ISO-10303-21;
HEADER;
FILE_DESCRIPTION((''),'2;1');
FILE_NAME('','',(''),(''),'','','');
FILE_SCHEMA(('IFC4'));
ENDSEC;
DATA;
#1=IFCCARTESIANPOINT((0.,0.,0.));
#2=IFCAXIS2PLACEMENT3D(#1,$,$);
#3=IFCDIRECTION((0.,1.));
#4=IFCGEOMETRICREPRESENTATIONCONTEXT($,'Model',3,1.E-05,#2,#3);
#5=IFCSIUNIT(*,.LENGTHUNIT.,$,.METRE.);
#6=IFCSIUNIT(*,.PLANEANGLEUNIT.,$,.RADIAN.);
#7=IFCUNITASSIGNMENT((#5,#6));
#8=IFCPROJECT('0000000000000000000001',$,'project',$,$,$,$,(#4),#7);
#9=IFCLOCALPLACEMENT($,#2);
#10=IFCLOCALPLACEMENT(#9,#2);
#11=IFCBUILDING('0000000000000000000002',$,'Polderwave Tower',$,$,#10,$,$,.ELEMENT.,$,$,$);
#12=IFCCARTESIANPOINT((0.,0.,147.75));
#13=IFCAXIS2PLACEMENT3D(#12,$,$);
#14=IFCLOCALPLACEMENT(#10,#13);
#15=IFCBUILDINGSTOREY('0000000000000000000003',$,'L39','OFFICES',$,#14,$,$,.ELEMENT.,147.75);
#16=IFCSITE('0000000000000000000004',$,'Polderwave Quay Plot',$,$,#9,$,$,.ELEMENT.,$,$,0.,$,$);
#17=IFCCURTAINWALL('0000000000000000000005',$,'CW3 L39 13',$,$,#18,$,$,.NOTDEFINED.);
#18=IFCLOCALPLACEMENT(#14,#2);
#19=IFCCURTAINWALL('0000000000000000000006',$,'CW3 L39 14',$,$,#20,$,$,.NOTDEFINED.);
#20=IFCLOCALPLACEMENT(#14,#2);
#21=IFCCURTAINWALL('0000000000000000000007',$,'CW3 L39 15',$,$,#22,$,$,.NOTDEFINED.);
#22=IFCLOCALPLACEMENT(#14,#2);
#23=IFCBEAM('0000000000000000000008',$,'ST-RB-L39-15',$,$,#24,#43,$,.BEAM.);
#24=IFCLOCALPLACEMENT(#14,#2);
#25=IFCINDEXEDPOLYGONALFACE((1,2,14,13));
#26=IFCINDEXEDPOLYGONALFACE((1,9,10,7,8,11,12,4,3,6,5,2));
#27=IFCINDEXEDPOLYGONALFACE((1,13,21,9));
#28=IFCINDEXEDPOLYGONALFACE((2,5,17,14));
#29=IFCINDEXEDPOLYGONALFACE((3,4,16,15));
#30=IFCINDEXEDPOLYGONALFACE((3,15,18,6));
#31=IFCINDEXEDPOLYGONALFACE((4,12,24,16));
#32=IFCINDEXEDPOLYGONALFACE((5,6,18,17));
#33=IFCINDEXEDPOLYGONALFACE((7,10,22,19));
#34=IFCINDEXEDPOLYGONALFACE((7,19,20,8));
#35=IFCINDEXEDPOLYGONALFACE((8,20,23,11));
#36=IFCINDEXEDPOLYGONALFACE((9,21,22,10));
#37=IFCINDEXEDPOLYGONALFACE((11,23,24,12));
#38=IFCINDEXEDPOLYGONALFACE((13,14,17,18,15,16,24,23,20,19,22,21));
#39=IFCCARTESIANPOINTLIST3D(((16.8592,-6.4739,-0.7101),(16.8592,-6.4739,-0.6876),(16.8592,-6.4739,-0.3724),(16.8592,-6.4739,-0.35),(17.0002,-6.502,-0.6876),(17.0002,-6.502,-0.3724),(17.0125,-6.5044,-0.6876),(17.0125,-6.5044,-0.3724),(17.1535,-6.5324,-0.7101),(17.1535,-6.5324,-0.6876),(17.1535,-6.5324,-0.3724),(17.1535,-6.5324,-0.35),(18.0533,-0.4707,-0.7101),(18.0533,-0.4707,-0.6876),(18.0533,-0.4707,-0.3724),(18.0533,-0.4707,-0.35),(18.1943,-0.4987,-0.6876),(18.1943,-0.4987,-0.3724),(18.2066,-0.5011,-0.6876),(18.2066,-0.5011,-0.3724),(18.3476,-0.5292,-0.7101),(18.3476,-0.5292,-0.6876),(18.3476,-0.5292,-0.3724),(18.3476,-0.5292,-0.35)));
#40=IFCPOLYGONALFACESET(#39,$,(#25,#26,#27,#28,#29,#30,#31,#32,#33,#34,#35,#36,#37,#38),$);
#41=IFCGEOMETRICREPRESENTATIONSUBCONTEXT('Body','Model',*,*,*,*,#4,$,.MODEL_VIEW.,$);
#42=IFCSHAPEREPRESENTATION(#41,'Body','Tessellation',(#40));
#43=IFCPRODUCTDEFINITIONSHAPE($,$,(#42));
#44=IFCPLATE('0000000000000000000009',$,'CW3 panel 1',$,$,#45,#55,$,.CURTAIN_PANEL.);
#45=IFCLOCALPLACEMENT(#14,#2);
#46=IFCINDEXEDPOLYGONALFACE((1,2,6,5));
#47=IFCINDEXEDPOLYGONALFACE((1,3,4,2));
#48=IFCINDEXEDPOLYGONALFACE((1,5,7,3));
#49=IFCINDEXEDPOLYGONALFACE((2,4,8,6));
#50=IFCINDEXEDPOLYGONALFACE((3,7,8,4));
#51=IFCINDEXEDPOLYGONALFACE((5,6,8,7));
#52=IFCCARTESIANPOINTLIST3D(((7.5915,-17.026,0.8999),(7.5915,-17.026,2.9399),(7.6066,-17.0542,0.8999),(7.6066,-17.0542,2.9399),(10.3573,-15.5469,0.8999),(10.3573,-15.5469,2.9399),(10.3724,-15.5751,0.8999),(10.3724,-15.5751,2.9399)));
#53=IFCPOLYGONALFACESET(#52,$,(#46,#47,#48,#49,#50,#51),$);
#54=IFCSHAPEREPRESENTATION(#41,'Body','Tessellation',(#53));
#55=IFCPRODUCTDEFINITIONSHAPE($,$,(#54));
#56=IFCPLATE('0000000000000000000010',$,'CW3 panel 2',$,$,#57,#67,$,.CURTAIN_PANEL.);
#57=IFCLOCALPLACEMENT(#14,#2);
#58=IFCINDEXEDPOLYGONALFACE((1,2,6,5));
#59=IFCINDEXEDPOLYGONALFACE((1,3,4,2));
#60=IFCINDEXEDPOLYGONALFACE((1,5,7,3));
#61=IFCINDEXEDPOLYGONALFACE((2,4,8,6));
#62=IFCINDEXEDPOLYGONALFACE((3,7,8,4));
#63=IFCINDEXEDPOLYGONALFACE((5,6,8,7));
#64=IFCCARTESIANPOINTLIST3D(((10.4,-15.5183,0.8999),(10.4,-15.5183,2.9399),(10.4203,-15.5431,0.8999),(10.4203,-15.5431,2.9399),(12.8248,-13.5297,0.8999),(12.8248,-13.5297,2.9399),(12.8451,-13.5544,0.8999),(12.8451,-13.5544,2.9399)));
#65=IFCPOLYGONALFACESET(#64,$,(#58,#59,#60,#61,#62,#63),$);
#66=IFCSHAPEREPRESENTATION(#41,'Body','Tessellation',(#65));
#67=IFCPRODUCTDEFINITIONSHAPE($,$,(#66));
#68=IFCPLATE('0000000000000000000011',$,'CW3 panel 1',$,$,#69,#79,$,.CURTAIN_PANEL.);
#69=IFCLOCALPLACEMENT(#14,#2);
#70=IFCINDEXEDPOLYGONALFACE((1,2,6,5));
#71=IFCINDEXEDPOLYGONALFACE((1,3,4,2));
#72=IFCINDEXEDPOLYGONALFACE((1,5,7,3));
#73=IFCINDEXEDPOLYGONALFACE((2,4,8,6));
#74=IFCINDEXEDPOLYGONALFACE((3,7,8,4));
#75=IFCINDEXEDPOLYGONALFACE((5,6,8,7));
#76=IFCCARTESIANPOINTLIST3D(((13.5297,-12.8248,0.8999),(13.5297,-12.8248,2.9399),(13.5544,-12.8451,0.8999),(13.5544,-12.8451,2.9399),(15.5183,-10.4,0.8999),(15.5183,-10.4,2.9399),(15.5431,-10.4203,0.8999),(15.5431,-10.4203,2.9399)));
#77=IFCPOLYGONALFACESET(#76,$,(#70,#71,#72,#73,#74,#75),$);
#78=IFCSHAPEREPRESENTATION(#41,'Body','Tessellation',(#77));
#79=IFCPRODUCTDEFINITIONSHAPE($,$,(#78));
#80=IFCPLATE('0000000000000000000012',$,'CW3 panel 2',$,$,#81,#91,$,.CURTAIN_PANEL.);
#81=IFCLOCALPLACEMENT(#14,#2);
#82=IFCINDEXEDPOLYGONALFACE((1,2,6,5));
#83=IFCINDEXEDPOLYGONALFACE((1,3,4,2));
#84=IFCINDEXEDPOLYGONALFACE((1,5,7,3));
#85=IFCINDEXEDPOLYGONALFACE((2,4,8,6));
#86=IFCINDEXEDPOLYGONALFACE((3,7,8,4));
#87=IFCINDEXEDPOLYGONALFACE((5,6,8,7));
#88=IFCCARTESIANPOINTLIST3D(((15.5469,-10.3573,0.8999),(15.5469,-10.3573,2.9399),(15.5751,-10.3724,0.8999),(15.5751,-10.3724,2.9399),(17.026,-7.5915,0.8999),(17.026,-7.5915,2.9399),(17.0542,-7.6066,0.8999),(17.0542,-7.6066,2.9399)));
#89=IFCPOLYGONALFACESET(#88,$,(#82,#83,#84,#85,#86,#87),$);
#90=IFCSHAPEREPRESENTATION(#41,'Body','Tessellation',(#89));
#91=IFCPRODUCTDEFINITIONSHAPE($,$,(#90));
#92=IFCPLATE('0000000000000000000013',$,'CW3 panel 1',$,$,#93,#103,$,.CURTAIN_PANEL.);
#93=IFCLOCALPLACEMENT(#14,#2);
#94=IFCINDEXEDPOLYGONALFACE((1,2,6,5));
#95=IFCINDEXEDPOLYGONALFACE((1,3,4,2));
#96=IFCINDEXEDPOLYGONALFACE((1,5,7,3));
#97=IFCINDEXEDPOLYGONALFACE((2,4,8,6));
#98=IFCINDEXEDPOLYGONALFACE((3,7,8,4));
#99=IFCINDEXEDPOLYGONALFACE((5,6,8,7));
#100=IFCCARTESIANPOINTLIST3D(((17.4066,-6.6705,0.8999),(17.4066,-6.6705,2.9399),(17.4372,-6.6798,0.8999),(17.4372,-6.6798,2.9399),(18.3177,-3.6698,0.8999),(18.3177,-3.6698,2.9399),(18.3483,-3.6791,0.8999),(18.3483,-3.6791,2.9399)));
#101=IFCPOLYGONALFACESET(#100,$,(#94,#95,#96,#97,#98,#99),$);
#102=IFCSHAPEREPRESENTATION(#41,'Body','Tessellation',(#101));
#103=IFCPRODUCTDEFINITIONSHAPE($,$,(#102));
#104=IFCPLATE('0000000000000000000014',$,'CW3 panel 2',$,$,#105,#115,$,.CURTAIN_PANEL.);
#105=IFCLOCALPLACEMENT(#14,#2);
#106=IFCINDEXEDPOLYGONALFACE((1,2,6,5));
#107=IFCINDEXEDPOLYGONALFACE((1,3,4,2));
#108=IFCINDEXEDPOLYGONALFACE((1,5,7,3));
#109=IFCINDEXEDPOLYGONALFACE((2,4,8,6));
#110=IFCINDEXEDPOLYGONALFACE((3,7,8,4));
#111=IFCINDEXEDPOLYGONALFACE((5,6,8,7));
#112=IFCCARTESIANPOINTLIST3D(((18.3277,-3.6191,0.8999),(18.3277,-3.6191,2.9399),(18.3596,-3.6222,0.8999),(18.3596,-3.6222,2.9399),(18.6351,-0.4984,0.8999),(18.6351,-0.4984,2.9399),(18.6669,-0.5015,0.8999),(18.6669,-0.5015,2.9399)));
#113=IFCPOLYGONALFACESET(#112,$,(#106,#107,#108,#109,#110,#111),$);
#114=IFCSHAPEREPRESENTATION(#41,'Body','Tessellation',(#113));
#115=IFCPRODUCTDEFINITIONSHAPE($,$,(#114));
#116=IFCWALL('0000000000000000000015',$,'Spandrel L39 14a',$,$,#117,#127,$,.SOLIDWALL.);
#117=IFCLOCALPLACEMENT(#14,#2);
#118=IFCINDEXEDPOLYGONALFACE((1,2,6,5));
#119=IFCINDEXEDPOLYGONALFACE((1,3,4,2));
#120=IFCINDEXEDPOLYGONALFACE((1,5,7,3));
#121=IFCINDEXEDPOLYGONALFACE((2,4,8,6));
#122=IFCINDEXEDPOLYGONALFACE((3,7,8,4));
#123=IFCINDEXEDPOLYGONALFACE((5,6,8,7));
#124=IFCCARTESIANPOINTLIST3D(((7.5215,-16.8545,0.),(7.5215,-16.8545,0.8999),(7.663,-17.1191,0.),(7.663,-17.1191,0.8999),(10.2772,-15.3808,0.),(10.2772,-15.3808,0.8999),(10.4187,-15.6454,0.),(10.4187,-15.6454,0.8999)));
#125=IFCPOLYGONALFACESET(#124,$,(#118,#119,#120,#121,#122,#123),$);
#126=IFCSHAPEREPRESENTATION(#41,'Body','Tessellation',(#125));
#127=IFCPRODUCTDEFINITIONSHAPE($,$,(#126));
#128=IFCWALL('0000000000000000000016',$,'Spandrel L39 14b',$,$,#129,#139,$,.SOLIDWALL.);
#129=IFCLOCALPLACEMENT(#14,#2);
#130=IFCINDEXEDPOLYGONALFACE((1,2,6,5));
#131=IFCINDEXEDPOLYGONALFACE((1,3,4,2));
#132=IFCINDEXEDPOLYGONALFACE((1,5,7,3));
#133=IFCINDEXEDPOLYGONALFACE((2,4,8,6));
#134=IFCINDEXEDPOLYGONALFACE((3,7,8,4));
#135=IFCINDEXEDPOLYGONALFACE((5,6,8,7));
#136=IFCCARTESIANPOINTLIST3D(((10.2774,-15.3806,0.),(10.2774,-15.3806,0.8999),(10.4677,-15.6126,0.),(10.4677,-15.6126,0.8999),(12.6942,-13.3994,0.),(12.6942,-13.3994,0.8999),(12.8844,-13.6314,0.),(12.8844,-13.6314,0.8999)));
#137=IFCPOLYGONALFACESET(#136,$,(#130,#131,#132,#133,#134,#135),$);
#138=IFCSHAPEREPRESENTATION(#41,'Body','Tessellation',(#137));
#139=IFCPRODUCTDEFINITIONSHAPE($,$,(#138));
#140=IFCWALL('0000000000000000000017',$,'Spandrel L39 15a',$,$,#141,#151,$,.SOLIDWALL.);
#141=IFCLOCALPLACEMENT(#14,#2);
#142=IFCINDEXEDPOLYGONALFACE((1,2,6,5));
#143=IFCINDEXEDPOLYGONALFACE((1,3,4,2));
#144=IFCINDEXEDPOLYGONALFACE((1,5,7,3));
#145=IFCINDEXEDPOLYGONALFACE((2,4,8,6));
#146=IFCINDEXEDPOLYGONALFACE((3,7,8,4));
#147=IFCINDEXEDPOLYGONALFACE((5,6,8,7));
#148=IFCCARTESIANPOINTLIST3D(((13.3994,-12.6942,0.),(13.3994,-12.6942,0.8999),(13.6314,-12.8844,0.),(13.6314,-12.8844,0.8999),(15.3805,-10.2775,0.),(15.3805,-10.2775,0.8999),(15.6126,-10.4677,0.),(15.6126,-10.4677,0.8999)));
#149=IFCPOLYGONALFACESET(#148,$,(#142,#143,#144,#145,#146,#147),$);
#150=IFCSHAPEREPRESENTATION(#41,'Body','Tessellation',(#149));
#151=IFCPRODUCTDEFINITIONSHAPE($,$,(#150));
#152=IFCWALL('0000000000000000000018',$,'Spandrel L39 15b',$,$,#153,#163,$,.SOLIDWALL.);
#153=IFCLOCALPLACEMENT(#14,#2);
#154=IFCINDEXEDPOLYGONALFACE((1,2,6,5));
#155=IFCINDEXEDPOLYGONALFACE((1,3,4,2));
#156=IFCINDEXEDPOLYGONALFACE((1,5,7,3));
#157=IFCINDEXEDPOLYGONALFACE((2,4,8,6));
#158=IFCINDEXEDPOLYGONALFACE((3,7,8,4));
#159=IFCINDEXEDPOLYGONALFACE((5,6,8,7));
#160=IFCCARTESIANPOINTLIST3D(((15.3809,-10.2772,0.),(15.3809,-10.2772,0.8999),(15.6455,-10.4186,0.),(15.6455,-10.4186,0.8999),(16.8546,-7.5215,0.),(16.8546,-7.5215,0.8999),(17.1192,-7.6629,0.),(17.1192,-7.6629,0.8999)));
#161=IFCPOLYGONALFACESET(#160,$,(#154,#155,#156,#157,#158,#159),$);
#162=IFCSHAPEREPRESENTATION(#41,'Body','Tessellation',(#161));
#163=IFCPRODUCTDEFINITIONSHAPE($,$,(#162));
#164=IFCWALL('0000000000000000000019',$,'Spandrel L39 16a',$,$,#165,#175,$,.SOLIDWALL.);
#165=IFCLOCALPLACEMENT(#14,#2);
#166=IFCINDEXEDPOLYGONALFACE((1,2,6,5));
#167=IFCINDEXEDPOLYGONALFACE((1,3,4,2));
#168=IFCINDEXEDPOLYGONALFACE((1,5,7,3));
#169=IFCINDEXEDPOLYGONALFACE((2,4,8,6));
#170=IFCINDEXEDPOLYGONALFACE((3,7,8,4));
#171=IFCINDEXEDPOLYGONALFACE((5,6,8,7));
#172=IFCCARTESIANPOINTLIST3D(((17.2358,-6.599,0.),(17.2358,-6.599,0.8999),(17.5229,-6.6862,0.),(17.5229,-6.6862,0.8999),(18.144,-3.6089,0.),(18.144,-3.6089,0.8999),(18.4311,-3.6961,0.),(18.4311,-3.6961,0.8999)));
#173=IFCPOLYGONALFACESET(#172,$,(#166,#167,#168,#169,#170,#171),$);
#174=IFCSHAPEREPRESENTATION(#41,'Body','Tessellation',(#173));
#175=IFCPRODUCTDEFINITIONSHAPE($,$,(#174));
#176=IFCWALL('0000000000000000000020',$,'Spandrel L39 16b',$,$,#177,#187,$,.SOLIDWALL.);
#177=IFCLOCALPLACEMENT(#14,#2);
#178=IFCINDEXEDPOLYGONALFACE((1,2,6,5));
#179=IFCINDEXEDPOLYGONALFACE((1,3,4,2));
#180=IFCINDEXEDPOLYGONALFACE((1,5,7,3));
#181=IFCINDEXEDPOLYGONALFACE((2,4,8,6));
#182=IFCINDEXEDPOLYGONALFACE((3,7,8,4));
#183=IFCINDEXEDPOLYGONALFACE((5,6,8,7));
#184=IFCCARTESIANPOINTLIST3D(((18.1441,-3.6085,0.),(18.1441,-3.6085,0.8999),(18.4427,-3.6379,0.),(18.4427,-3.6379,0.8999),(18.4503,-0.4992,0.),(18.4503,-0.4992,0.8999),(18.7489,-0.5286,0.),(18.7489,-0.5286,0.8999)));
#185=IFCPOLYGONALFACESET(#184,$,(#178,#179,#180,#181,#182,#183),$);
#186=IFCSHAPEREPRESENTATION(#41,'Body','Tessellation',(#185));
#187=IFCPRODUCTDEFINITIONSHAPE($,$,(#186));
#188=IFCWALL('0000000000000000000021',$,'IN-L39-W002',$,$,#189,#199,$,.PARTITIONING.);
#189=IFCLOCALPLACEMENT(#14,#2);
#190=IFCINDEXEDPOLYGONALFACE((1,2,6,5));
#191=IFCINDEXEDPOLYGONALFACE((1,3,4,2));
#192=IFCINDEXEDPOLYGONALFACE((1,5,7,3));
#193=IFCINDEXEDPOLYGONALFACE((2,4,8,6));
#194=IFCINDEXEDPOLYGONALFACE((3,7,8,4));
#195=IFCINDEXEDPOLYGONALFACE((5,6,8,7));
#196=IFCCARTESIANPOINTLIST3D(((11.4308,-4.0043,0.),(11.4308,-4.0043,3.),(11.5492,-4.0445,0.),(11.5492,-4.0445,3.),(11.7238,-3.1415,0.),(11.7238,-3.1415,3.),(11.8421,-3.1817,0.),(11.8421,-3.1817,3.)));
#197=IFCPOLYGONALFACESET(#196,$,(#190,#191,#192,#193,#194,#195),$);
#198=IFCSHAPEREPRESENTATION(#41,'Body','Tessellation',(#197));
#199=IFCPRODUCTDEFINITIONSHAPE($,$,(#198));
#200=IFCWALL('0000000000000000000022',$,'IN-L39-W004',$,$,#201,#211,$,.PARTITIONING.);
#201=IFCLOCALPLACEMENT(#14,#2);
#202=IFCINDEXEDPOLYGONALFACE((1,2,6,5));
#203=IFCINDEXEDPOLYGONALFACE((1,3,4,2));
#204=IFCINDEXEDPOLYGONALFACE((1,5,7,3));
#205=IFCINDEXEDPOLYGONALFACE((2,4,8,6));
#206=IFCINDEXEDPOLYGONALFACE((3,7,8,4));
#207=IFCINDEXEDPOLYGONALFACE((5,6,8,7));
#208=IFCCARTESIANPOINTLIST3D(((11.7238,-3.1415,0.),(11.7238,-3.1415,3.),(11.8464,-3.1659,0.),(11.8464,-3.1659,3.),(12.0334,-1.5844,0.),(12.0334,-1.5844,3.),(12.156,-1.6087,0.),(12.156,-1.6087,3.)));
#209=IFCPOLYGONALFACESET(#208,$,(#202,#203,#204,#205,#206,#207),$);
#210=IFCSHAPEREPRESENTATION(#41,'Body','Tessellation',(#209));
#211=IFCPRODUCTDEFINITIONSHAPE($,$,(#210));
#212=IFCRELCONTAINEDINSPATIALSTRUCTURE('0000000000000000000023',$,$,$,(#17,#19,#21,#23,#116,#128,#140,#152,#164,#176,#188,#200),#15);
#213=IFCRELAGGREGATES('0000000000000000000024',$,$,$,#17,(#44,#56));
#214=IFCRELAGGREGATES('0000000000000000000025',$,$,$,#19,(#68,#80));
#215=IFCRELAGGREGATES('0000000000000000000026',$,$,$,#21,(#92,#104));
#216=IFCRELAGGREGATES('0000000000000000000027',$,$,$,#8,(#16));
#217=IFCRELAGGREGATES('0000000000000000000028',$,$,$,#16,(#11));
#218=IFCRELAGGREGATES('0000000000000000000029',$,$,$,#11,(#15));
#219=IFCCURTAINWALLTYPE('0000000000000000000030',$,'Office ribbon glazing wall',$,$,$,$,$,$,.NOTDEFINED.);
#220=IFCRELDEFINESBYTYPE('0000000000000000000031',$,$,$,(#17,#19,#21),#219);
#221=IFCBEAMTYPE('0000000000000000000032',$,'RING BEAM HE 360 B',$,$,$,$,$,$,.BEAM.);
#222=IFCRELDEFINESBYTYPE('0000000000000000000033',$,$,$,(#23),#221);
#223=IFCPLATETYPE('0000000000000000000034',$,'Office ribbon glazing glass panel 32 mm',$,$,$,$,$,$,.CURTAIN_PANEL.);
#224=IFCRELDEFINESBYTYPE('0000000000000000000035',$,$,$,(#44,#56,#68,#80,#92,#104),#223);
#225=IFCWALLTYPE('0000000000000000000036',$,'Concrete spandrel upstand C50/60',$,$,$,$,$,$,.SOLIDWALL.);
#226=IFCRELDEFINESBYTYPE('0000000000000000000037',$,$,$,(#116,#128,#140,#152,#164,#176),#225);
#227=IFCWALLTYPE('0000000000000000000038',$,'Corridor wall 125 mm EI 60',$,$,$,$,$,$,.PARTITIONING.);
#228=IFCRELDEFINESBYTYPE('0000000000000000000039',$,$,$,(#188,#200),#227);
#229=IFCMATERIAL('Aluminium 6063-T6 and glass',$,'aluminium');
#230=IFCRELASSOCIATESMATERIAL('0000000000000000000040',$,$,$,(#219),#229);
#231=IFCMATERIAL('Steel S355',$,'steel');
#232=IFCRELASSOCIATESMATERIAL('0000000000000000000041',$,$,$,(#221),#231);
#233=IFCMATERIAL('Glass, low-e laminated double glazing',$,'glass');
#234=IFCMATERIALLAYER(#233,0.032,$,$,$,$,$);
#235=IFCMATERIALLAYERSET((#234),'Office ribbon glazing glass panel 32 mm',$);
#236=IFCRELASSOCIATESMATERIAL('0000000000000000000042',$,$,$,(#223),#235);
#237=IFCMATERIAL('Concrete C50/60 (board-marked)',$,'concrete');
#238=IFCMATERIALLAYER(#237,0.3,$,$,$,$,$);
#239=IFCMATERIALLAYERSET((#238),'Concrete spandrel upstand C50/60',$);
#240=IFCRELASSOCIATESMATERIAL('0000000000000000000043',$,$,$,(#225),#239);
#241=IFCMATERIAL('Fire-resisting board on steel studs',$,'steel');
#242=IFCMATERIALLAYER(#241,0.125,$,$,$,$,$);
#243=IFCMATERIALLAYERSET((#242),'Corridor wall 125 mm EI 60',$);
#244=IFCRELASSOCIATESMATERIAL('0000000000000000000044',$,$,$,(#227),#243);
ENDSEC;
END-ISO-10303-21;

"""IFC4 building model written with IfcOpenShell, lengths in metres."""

from ifc_helpers import new_model, si_unit, direction, frame, frame_2d, origin, origin_2d, place, context, subcontext, project, spatial, rectangle, i_section, extrude, material, layer, layer_set, material_profile, profile_set, type_object, element, aggregate, save


model = new_model("IFC4")

# Units and contexts
model_context = context("Model", 3, precision=1e-05, world=origin(), true_north=direction((0.0, 1.0)))
body_context = subcontext(model_context, "Body", "Model", "MODEL_VIEW")
ifc_project = project(units=[si_unit("LENGTHUNIT", "METRE"), si_unit("PLANEANGLEUNIT", "RADIAN")], contexts=[model_context])

# Site, building, storey
site_placement = place(None, origin())
site = spatial("IfcSite", under=ifc_project, at=site_placement, Name="Polderwave Quay Plot", CompositionType="ELEMENT", RefElevation=0.0)
building_placement = place(site_placement, origin())
building = spatial("IfcBuilding", under=site, at=building_placement, Name="Polderwave Tower", CompositionType="ELEMENT")
storey_placement = place(building_placement, frame((0.0, 0.0, 147.75)))
storey = spatial("IfcBuildingStorey", under=building, at=storey_placement, Name="L39", Description="OFFICES", CompositionType="ELEMENT", Elevation=147.75)

# Curtain walls
ifc_material_1 = material(Name="Aluminium 6063-T6 and glass", Category="aluminium")
curtain_wall_type = type_object("IfcCurtainWallType", Name="Office ribbon glazing wall", PredefinedType="NOTDEFINED", material=ifc_material_1)
curtain_wall_1_placement = place(storey_placement, origin())
curtain_wall_1 = element("IfcCurtainWall", 1, at=curtain_wall_1_placement, inside=storey, type_object=curtain_wall_type, Name="CW3 L39 13", PredefinedType="NOTDEFINED")
curtain_wall_2_placement = place(storey_placement, origin())
curtain_wall_2 = element("IfcCurtainWall", 2, at=curtain_wall_2_placement, inside=storey, type_object=curtain_wall_type, Name="CW3 L39 14", PredefinedType="NOTDEFINED")
curtain_wall_3_placement = place(storey_placement, origin())
curtain_wall_3 = element("IfcCurtainWall", 3, at=curtain_wall_3_placement, inside=storey, type_object=curtain_wall_type, Name="CW3 L39 15", PredefinedType="NOTDEFINED")

# Beam
ifc_material_2 = material(Name="Steel S355", Category="steel")
ifc_material_profile_1 = material_profile(ifc_material_2, i_section(OverallWidth=0.3, OverallDepth=0.3601, WebThickness=0.0125, FlangeThickness=0.0225, at=origin_2d()), Name="HE 360 B")
ifc_profile_set_1 = profile_set([ifc_material_profile_1], Name="Steel S355")
beam_type = type_object("IfcBeamType", Name="RING BEAM HE 360 B", PredefinedType="BEAM", material=ifc_profile_set_1)
beam_1_placement = place(storey_placement, frame((17.0063, -6.5032, -0.53), z_axis=(0.195088, 0.980786, 0.0), x_axis=(-0.980786, 0.195088, 0.0)))
element("IfcBeam", 4, at=beam_1_placement, inside=storey, type_object=beam_type, Name="ST-RB-L39-15", PredefinedType="BEAM", context=body_context, shape_type="SweptSolid", body=[
    extrude(i_section(OverallWidth=0.3, OverallDepth=0.3601, WebThickness=0.0125, FlangeThickness=0.0225, at=origin_2d()), origin(), (0.0, 0.0, 1.0), 6.1208),
])

# Plates
ifc_material_3 = material(Name="Glass, low-e laminated double glazing", Category="glass")
ifc_layer_1 = layer(ifc_material_3, 0.032)
ifc_layer_set_1 = layer_set([ifc_layer_1], Name="Office ribbon glazing glass panel 32 mm")
plate_type = type_object("IfcPlateType", Name="Office ribbon glazing glass panel 32 mm", PredefinedType="CURTAIN_PANEL", material=ifc_layer_set_1)
plate_1_placement = place(storey_placement, frame((8.9819, -16.3005, 0.8999), z_axis=(0.0, 0.0, 1.0), x_axis=(0.881827, 0.471572, 0.0)))
plate_1 = element("IfcPlate", 5, at=plate_1_placement, type_object=plate_type, Name="CW3 panel 1", PredefinedType="CURTAIN_PANEL", context=body_context, shape_type="SweptSolid", body=[
    extrude(rectangle(XDim=3.1365, YDim=0.032, at=origin_2d()), origin(), (0.0, 0.0, 1.0), 2.04),
])
plate_2_placement = place(storey_placement, frame((11.6226, -14.5364, 0.8999), z_axis=(0.0, 0.0, 1.0), x_axis=(0.773224, 0.634133, 0.0)))
plate_2 = element("IfcPlate", 6, at=plate_2_placement, type_object=plate_type, Name="CW3 panel 2", PredefinedType="CURTAIN_PANEL", context=body_context, shape_type="SweptSolid", body=[
    extrude(rectangle(XDim=3.136, YDim=0.032, at=origin_2d()), origin(), (0.0, 0.0, 1.0), 2.04),
])
aggregate(curtain_wall_1, [plate_1, plate_2])
plate_3_placement = place(storey_placement, frame((14.5364, -11.6226, 0.8999), z_axis=(0.0, 0.0, 1.0), x_axis=(0.634133, 0.773224, 0.0)))
plate_3 = element("IfcPlate", 7, at=plate_3_placement, type_object=plate_type, Name="CW3 panel 1", PredefinedType="CURTAIN_PANEL", context=body_context, shape_type="SweptSolid", body=[
    extrude(rectangle(XDim=3.136, YDim=0.032, at=origin_2d()), origin(), (0.0, 0.0, 1.0), 2.04),
])
plate_4_placement = place(storey_placement, frame((16.3005, -8.9819, 0.8999), z_axis=(0.0, 0.0, 1.0), x_axis=(0.471572, 0.881827, 0.0)))
plate_4 = element("IfcPlate", 8, at=plate_4_placement, type_object=plate_type, Name="CW3 panel 2", PredefinedType="CURTAIN_PANEL", context=body_context, shape_type="SweptSolid", body=[
    extrude(rectangle(XDim=3.1365, YDim=0.032, at=origin_2d()), origin(), (0.0, 0.0, 1.0), 2.04),
])
aggregate(curtain_wall_2, [plate_3, plate_4])
plate_5_placement = place(storey_placement, frame((17.8774, -5.1748, 0.8999), z_axis=(0.0, 0.0, 1.0), x_axis=(0.290507, 0.956873, 0.0)))
plate_5 = element("IfcPlate", 9, at=plate_5_placement, type_object=plate_type, Name="CW3 panel 1", PredefinedType="CURTAIN_PANEL", context=body_context, shape_type="SweptSolid", body=[
    extrude(rectangle(XDim=3.136, YDim=0.032, at=origin_2d()), origin(), (0.0, 0.0, 1.0), 2.04),
])
plate_6_placement = place(storey_placement, frame((18.4973, -2.0603, 0.8999), z_axis=(0.0, 0.0, 1.0), x_axis=(0.098002, 0.995186, 0.0)))
plate_6 = element("IfcPlate", 10, at=plate_6_placement, type_object=plate_type, Name="CW3 panel 2", PredefinedType="CURTAIN_PANEL", context=body_context, shape_type="SweptSolid", body=[
    extrude(rectangle(XDim=3.1357, YDim=0.032, at=origin_2d()), origin(), (0.0, 0.0, 1.0), 2.04),
])
aggregate(curtain_wall_3, [plate_5, plate_6])

# Walls
ifc_material_4 = material(Name="Concrete C50/60 (board-marked)", Category="concrete")
ifc_layer_2 = layer(ifc_material_4, 0.3)
ifc_layer_set_2 = layer_set([ifc_layer_2], Name="Concrete spandrel upstand C50/60")
wall_type_1 = type_object("IfcWallType", Name="Concrete spandrel upstand C50/60", PredefinedType="SOLIDWALL", material=ifc_layer_set_2)
for number, where, z_axis, x_axis, name in (
    (11, (7.5923, -16.9868, 0.0), (0.0, 0.0, 1.0), (0.881825, 0.471577, 0.0), "Spandrel L39 14a"),
    (12, (10.3726, -15.4966, 0.0), (0.0, 0.0, 1.0), (0.773351, 0.633978, 0.0), "Spandrel L39 14b"),
    (13, (13.5154, -12.7893, 0.0), (0.0, 0.0, 1.0), (0.633978, 0.773351, 0.0), "Spandrel L39 15a"),
    (14, (15.5132, -10.3479, 0.0), (0.0, 0.0, 1.0), (0.471577, 0.881825, 0.0), "Spandrel L39 15b"),
    (15, (17.3794, -6.6426, 0.0), (0.0, 0.0, 1.0), (0.290614, 0.95684, 0.0), "Spandrel L39 16a"),
):
    element("IfcWall", number, at=place(storey_placement, frame(where, z_axis=z_axis, x_axis=x_axis)), inside=storey, type_object=wall_type_1, Name=name, PredefinedType="SOLIDWALL", context=body_context, shape_type="SweptSolid", body=[
        extrude(rectangle(XDim=3.125, YDim=0.3, at=frame_2d((1.5625, 0.0))), origin(), (0.0, 0.0, 1.0), 0.8999),
    ])
wall_1_placement = place(storey_placement, frame((18.2935, -3.623, 0.0), z_axis=(0.0, 0.0, 1.0), x_axis=(0.097995, 0.995187, 0.0)))
element("IfcWall", 16, at=wall_1_placement, inside=storey, type_object=wall_type_1, Name="Spandrel L39 16b", PredefinedType="SOLIDWALL", context=body_context, shape_type="SweptSolid", body=[
    extrude(rectangle(XDim=3.1243, YDim=0.3, at=frame_2d((1.562, 0.0))), origin(), (0.0, 0.0, 1.0), 0.8999),
])
ifc_material_5 = material(Name="Fire-resisting board on steel studs", Category="steel")
ifc_layer_3 = layer(ifc_material_5, 0.125)
ifc_layer_set_3 = layer_set([ifc_layer_3], Name="Corridor wall 125 mm EI 60")
wall_type_2 = type_object("IfcWallType", Name="Corridor wall 125 mm EI 60", PredefinedType="PARTITIONING", material=ifc_layer_set_3)
wall_2_placement = place(storey_placement, frame((11.783, -3.1616, 0.0), z_axis=(0.0, 0.0, 1.0), x_axis=(-0.321528, -0.9469, 0.0)))
element("IfcWall", 17, at=wall_2_placement, inside=storey, type_object=wall_type_2, Name="IN-L39-W002", PredefinedType="PARTITIONING", context=body_context, shape_type="SweptSolid", body=[
    extrude(rectangle(XDim=0.9111, YDim=0.125, at=frame_2d((0.4556, 0.0))), origin(), (0.0, 0.0, 1.0), 3.0),
])
for number, where, z_axis, x_axis, name in (
    (18, (12.0947, -1.5964, 0.0), (0.0, 0.0, 1.0), (-0.194992, -0.980805, 0.0), "IN-L39-W004"),
):
    element("IfcWall", number, at=place(storey_placement, frame(where, z_axis=z_axis, x_axis=x_axis)), inside=storey, type_object=wall_type_2, Name=name, PredefinedType="PARTITIONING", context=body_context, shape_type="SweptSolid", body=[
        extrude(rectangle(XDim=1.5876, YDim=0.125, at=frame_2d((0.7939, 0.0))), origin(), (0.0, 0.0, 1.0), 3.0),
    ])

save(model, "model.ifc")
